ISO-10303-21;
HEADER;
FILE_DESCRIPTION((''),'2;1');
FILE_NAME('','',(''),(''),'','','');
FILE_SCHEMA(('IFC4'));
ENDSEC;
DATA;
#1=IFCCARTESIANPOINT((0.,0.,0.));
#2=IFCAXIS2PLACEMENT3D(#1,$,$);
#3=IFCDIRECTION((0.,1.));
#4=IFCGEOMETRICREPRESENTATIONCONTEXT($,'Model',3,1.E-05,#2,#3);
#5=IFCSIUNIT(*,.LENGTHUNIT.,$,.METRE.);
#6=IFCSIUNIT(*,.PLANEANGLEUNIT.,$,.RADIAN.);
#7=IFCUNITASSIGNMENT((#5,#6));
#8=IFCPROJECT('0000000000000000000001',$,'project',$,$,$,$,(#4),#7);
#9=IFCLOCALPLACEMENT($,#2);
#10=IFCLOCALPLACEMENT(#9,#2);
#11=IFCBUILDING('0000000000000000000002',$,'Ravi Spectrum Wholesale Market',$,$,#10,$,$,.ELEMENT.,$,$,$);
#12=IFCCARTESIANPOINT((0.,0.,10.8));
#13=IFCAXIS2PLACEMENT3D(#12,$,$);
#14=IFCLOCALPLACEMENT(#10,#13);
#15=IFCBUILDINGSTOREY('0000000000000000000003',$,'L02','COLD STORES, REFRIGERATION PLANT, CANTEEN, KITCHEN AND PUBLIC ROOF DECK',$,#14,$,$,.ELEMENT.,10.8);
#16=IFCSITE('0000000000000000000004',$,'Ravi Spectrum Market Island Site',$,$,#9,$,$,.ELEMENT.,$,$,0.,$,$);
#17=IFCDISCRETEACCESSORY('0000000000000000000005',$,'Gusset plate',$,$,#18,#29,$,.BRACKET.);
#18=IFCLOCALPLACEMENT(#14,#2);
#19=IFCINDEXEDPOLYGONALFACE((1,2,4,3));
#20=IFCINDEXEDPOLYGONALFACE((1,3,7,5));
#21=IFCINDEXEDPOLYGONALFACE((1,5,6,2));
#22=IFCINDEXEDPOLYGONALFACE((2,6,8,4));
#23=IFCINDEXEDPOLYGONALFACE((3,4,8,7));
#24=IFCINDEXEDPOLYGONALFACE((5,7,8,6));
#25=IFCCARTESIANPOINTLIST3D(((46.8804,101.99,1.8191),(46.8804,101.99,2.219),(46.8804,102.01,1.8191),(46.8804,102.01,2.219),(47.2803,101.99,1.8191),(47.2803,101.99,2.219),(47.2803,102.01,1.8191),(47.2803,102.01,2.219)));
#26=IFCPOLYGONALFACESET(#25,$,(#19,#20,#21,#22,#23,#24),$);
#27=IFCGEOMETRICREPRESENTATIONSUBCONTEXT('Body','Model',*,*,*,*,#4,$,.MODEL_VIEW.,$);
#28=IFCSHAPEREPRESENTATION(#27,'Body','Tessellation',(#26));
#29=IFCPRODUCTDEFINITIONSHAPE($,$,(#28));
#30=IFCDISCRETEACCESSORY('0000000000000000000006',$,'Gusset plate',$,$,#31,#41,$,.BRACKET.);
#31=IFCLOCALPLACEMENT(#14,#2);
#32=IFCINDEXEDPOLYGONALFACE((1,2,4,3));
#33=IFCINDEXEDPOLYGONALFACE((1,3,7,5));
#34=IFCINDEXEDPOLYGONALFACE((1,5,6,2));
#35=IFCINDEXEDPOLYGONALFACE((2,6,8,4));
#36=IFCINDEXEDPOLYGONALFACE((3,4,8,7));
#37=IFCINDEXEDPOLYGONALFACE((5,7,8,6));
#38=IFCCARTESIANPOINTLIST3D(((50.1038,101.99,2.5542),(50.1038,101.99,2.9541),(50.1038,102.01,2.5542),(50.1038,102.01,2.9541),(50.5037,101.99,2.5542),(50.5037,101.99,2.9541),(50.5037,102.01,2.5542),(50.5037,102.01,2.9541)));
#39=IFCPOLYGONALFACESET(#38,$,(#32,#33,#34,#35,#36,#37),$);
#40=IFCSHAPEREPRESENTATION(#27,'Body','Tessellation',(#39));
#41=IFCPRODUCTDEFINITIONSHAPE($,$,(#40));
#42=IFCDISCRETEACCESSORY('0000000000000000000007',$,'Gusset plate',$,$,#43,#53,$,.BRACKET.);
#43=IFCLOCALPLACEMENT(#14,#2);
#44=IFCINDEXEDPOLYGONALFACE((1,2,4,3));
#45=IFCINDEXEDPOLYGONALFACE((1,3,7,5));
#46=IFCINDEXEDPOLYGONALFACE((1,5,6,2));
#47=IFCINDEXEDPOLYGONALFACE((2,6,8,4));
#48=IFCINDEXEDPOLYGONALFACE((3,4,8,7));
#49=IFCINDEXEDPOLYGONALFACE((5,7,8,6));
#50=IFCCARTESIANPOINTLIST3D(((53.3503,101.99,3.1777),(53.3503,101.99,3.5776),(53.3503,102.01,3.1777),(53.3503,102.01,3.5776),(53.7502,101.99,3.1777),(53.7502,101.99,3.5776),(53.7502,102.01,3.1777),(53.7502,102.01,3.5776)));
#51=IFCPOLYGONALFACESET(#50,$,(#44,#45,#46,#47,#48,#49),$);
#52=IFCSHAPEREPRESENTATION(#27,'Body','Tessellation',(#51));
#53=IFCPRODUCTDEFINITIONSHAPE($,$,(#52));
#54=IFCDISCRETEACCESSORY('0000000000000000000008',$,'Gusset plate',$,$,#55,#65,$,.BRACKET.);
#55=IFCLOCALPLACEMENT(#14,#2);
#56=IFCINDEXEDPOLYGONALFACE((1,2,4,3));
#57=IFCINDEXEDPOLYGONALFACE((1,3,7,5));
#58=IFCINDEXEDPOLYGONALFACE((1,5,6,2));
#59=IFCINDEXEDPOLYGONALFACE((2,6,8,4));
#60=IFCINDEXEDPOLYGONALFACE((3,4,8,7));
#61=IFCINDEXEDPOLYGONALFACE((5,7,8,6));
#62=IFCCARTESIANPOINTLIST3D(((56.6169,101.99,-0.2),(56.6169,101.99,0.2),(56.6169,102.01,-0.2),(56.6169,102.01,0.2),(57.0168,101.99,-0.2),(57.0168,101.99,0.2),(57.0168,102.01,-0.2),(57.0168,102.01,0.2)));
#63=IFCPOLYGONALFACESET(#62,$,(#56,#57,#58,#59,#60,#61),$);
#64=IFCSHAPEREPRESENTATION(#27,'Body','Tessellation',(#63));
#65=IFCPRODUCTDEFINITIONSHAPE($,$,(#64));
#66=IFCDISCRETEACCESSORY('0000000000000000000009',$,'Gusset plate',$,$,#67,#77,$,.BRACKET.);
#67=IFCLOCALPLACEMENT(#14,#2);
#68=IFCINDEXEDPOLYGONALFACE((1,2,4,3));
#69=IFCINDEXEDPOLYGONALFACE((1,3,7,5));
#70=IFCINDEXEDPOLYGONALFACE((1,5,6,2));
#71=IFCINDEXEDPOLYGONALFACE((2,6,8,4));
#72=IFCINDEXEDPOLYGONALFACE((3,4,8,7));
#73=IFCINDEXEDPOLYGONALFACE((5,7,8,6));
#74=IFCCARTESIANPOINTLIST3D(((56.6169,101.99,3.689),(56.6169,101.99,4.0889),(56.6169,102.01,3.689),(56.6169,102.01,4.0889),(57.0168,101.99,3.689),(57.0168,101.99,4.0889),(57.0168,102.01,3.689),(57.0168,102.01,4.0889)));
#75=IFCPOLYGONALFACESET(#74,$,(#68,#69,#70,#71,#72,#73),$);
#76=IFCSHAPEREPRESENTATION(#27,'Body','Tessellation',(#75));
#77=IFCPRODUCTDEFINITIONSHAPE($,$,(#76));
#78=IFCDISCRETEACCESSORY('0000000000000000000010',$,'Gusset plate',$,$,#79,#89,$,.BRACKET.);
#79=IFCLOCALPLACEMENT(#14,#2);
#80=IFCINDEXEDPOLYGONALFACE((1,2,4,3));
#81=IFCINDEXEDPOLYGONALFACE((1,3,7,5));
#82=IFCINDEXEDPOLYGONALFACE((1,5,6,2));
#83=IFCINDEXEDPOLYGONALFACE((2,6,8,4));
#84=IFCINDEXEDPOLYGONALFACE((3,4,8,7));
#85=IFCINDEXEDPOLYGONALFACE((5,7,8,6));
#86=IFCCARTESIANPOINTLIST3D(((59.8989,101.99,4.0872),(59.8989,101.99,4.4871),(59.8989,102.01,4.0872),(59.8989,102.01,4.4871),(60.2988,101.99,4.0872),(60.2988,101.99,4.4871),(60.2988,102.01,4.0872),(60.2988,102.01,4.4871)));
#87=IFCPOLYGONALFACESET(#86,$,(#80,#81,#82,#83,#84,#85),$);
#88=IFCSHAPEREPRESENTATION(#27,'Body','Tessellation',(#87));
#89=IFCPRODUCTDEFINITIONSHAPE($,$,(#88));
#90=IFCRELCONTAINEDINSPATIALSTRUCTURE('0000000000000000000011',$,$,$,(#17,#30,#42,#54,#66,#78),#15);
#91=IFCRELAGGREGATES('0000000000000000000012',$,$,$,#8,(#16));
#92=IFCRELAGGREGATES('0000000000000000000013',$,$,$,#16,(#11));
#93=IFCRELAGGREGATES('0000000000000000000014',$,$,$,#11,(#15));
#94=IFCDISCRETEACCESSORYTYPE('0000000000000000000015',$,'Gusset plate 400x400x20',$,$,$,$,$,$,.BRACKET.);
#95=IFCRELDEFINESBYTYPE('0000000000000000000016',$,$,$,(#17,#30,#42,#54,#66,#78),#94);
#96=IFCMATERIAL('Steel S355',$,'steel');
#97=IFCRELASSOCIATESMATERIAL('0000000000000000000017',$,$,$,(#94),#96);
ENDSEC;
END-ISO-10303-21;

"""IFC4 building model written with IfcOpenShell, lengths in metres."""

from ifc_helpers import new_model, si_unit, direction, frame, origin, origin_2d, place, context, subcontext, project, spatial, rectangle, extrude, material, material_profile, profile_set, type_object, element, save


model = new_model("IFC4")

# Units and contexts
model_context = context("Model", 3, precision=1e-05, world=origin(), true_north=direction((0.0, 1.0)))
body_context = subcontext(model_context, "Body", "Model", "MODEL_VIEW")
ifc_project = project(units=[si_unit("LENGTHUNIT", "METRE"), si_unit("PLANEANGLEUNIT", "RADIAN")], contexts=[model_context])

# Site, building, storey
site_placement = place(None, origin())
site = spatial("IfcSite", under=ifc_project, at=site_placement, Name="Ravi Spectrum Market Island Site", CompositionType="ELEMENT", RefElevation=0.0)
building_placement = place(site_placement, origin())
building = spatial("IfcBuilding", under=site, at=building_placement, Name="Ravi Spectrum Wholesale Market", CompositionType="ELEMENT")
storey_placement = place(building_placement, frame((0.0, 0.0, 10.8)))
storey = spatial("IfcBuildingStorey", under=building, at=storey_placement, Name="L02", Description="COLD STORES, REFRIGERATION PLANT, CANTEEN, KITCHEN AND PUBLIC ROOF DECK", CompositionType="ELEMENT", Elevation=10.8)

# Discrete accessories
ifc_material_1 = material(Name="Steel S355", Category="steel")
ifc_material_profile_1 = material_profile(ifc_material_1, rectangle(XDim=0.3999, YDim=0.02, at=origin_2d()))
ifc_profile_set_1 = profile_set([ifc_material_profile_1], Name="Steel S355")
discrete_accessory_type_1 = type_object("IfcDiscreteAccessoryType", Name="Gusset plate 400x400x20", PredefinedType="BRACKET", material=ifc_profile_set_1)
for number, where, z_axis, x_axis, name in (
    (1, (47.0803, 102.0, 1.8191), (0.0, 0.0, 1.0), (1.0, 0.0, 0.0), "Gusset plate"),
    (2, (50.3037, 102.0, 2.5542), (0.0, 0.0, 1.0), (1.0, 0.0, 0.0), "Gusset plate"),
    (3, (53.5503, 102.0, 3.1777), (0.0, 0.0, 1.0), (1.0, 0.0, 0.0), "Gusset plate"),
    (4, (56.8169, 102.0, -0.2), (0.0, 0.0, 1.0), (1.0, 0.0, 0.0), "Gusset plate"),
    (5, (56.8169, 102.0, 3.689), (0.0, 0.0, 1.0), (1.0, 0.0, 0.0), "Gusset plate"),
    (6, (60.0989, 102.0, 4.0872), (0.0, 0.0, 1.0), (1.0, 0.0, 0.0), "Gusset plate"),
):
    element("IfcDiscreteAccessory", number, at=place(storey_placement, frame(where, z_axis=z_axis, x_axis=x_axis)), inside=storey, type_object=discrete_accessory_type_1, Name=name, PredefinedType="BRACKET", context=body_context, shape_type="SweptSolid", body=[
        extrude(rectangle(XDim=0.3999, YDim=0.02, at=origin_2d()), origin(), (0.0, 0.0, 1.0), 0.3999),
    ])

save(model, "model.ifc")
